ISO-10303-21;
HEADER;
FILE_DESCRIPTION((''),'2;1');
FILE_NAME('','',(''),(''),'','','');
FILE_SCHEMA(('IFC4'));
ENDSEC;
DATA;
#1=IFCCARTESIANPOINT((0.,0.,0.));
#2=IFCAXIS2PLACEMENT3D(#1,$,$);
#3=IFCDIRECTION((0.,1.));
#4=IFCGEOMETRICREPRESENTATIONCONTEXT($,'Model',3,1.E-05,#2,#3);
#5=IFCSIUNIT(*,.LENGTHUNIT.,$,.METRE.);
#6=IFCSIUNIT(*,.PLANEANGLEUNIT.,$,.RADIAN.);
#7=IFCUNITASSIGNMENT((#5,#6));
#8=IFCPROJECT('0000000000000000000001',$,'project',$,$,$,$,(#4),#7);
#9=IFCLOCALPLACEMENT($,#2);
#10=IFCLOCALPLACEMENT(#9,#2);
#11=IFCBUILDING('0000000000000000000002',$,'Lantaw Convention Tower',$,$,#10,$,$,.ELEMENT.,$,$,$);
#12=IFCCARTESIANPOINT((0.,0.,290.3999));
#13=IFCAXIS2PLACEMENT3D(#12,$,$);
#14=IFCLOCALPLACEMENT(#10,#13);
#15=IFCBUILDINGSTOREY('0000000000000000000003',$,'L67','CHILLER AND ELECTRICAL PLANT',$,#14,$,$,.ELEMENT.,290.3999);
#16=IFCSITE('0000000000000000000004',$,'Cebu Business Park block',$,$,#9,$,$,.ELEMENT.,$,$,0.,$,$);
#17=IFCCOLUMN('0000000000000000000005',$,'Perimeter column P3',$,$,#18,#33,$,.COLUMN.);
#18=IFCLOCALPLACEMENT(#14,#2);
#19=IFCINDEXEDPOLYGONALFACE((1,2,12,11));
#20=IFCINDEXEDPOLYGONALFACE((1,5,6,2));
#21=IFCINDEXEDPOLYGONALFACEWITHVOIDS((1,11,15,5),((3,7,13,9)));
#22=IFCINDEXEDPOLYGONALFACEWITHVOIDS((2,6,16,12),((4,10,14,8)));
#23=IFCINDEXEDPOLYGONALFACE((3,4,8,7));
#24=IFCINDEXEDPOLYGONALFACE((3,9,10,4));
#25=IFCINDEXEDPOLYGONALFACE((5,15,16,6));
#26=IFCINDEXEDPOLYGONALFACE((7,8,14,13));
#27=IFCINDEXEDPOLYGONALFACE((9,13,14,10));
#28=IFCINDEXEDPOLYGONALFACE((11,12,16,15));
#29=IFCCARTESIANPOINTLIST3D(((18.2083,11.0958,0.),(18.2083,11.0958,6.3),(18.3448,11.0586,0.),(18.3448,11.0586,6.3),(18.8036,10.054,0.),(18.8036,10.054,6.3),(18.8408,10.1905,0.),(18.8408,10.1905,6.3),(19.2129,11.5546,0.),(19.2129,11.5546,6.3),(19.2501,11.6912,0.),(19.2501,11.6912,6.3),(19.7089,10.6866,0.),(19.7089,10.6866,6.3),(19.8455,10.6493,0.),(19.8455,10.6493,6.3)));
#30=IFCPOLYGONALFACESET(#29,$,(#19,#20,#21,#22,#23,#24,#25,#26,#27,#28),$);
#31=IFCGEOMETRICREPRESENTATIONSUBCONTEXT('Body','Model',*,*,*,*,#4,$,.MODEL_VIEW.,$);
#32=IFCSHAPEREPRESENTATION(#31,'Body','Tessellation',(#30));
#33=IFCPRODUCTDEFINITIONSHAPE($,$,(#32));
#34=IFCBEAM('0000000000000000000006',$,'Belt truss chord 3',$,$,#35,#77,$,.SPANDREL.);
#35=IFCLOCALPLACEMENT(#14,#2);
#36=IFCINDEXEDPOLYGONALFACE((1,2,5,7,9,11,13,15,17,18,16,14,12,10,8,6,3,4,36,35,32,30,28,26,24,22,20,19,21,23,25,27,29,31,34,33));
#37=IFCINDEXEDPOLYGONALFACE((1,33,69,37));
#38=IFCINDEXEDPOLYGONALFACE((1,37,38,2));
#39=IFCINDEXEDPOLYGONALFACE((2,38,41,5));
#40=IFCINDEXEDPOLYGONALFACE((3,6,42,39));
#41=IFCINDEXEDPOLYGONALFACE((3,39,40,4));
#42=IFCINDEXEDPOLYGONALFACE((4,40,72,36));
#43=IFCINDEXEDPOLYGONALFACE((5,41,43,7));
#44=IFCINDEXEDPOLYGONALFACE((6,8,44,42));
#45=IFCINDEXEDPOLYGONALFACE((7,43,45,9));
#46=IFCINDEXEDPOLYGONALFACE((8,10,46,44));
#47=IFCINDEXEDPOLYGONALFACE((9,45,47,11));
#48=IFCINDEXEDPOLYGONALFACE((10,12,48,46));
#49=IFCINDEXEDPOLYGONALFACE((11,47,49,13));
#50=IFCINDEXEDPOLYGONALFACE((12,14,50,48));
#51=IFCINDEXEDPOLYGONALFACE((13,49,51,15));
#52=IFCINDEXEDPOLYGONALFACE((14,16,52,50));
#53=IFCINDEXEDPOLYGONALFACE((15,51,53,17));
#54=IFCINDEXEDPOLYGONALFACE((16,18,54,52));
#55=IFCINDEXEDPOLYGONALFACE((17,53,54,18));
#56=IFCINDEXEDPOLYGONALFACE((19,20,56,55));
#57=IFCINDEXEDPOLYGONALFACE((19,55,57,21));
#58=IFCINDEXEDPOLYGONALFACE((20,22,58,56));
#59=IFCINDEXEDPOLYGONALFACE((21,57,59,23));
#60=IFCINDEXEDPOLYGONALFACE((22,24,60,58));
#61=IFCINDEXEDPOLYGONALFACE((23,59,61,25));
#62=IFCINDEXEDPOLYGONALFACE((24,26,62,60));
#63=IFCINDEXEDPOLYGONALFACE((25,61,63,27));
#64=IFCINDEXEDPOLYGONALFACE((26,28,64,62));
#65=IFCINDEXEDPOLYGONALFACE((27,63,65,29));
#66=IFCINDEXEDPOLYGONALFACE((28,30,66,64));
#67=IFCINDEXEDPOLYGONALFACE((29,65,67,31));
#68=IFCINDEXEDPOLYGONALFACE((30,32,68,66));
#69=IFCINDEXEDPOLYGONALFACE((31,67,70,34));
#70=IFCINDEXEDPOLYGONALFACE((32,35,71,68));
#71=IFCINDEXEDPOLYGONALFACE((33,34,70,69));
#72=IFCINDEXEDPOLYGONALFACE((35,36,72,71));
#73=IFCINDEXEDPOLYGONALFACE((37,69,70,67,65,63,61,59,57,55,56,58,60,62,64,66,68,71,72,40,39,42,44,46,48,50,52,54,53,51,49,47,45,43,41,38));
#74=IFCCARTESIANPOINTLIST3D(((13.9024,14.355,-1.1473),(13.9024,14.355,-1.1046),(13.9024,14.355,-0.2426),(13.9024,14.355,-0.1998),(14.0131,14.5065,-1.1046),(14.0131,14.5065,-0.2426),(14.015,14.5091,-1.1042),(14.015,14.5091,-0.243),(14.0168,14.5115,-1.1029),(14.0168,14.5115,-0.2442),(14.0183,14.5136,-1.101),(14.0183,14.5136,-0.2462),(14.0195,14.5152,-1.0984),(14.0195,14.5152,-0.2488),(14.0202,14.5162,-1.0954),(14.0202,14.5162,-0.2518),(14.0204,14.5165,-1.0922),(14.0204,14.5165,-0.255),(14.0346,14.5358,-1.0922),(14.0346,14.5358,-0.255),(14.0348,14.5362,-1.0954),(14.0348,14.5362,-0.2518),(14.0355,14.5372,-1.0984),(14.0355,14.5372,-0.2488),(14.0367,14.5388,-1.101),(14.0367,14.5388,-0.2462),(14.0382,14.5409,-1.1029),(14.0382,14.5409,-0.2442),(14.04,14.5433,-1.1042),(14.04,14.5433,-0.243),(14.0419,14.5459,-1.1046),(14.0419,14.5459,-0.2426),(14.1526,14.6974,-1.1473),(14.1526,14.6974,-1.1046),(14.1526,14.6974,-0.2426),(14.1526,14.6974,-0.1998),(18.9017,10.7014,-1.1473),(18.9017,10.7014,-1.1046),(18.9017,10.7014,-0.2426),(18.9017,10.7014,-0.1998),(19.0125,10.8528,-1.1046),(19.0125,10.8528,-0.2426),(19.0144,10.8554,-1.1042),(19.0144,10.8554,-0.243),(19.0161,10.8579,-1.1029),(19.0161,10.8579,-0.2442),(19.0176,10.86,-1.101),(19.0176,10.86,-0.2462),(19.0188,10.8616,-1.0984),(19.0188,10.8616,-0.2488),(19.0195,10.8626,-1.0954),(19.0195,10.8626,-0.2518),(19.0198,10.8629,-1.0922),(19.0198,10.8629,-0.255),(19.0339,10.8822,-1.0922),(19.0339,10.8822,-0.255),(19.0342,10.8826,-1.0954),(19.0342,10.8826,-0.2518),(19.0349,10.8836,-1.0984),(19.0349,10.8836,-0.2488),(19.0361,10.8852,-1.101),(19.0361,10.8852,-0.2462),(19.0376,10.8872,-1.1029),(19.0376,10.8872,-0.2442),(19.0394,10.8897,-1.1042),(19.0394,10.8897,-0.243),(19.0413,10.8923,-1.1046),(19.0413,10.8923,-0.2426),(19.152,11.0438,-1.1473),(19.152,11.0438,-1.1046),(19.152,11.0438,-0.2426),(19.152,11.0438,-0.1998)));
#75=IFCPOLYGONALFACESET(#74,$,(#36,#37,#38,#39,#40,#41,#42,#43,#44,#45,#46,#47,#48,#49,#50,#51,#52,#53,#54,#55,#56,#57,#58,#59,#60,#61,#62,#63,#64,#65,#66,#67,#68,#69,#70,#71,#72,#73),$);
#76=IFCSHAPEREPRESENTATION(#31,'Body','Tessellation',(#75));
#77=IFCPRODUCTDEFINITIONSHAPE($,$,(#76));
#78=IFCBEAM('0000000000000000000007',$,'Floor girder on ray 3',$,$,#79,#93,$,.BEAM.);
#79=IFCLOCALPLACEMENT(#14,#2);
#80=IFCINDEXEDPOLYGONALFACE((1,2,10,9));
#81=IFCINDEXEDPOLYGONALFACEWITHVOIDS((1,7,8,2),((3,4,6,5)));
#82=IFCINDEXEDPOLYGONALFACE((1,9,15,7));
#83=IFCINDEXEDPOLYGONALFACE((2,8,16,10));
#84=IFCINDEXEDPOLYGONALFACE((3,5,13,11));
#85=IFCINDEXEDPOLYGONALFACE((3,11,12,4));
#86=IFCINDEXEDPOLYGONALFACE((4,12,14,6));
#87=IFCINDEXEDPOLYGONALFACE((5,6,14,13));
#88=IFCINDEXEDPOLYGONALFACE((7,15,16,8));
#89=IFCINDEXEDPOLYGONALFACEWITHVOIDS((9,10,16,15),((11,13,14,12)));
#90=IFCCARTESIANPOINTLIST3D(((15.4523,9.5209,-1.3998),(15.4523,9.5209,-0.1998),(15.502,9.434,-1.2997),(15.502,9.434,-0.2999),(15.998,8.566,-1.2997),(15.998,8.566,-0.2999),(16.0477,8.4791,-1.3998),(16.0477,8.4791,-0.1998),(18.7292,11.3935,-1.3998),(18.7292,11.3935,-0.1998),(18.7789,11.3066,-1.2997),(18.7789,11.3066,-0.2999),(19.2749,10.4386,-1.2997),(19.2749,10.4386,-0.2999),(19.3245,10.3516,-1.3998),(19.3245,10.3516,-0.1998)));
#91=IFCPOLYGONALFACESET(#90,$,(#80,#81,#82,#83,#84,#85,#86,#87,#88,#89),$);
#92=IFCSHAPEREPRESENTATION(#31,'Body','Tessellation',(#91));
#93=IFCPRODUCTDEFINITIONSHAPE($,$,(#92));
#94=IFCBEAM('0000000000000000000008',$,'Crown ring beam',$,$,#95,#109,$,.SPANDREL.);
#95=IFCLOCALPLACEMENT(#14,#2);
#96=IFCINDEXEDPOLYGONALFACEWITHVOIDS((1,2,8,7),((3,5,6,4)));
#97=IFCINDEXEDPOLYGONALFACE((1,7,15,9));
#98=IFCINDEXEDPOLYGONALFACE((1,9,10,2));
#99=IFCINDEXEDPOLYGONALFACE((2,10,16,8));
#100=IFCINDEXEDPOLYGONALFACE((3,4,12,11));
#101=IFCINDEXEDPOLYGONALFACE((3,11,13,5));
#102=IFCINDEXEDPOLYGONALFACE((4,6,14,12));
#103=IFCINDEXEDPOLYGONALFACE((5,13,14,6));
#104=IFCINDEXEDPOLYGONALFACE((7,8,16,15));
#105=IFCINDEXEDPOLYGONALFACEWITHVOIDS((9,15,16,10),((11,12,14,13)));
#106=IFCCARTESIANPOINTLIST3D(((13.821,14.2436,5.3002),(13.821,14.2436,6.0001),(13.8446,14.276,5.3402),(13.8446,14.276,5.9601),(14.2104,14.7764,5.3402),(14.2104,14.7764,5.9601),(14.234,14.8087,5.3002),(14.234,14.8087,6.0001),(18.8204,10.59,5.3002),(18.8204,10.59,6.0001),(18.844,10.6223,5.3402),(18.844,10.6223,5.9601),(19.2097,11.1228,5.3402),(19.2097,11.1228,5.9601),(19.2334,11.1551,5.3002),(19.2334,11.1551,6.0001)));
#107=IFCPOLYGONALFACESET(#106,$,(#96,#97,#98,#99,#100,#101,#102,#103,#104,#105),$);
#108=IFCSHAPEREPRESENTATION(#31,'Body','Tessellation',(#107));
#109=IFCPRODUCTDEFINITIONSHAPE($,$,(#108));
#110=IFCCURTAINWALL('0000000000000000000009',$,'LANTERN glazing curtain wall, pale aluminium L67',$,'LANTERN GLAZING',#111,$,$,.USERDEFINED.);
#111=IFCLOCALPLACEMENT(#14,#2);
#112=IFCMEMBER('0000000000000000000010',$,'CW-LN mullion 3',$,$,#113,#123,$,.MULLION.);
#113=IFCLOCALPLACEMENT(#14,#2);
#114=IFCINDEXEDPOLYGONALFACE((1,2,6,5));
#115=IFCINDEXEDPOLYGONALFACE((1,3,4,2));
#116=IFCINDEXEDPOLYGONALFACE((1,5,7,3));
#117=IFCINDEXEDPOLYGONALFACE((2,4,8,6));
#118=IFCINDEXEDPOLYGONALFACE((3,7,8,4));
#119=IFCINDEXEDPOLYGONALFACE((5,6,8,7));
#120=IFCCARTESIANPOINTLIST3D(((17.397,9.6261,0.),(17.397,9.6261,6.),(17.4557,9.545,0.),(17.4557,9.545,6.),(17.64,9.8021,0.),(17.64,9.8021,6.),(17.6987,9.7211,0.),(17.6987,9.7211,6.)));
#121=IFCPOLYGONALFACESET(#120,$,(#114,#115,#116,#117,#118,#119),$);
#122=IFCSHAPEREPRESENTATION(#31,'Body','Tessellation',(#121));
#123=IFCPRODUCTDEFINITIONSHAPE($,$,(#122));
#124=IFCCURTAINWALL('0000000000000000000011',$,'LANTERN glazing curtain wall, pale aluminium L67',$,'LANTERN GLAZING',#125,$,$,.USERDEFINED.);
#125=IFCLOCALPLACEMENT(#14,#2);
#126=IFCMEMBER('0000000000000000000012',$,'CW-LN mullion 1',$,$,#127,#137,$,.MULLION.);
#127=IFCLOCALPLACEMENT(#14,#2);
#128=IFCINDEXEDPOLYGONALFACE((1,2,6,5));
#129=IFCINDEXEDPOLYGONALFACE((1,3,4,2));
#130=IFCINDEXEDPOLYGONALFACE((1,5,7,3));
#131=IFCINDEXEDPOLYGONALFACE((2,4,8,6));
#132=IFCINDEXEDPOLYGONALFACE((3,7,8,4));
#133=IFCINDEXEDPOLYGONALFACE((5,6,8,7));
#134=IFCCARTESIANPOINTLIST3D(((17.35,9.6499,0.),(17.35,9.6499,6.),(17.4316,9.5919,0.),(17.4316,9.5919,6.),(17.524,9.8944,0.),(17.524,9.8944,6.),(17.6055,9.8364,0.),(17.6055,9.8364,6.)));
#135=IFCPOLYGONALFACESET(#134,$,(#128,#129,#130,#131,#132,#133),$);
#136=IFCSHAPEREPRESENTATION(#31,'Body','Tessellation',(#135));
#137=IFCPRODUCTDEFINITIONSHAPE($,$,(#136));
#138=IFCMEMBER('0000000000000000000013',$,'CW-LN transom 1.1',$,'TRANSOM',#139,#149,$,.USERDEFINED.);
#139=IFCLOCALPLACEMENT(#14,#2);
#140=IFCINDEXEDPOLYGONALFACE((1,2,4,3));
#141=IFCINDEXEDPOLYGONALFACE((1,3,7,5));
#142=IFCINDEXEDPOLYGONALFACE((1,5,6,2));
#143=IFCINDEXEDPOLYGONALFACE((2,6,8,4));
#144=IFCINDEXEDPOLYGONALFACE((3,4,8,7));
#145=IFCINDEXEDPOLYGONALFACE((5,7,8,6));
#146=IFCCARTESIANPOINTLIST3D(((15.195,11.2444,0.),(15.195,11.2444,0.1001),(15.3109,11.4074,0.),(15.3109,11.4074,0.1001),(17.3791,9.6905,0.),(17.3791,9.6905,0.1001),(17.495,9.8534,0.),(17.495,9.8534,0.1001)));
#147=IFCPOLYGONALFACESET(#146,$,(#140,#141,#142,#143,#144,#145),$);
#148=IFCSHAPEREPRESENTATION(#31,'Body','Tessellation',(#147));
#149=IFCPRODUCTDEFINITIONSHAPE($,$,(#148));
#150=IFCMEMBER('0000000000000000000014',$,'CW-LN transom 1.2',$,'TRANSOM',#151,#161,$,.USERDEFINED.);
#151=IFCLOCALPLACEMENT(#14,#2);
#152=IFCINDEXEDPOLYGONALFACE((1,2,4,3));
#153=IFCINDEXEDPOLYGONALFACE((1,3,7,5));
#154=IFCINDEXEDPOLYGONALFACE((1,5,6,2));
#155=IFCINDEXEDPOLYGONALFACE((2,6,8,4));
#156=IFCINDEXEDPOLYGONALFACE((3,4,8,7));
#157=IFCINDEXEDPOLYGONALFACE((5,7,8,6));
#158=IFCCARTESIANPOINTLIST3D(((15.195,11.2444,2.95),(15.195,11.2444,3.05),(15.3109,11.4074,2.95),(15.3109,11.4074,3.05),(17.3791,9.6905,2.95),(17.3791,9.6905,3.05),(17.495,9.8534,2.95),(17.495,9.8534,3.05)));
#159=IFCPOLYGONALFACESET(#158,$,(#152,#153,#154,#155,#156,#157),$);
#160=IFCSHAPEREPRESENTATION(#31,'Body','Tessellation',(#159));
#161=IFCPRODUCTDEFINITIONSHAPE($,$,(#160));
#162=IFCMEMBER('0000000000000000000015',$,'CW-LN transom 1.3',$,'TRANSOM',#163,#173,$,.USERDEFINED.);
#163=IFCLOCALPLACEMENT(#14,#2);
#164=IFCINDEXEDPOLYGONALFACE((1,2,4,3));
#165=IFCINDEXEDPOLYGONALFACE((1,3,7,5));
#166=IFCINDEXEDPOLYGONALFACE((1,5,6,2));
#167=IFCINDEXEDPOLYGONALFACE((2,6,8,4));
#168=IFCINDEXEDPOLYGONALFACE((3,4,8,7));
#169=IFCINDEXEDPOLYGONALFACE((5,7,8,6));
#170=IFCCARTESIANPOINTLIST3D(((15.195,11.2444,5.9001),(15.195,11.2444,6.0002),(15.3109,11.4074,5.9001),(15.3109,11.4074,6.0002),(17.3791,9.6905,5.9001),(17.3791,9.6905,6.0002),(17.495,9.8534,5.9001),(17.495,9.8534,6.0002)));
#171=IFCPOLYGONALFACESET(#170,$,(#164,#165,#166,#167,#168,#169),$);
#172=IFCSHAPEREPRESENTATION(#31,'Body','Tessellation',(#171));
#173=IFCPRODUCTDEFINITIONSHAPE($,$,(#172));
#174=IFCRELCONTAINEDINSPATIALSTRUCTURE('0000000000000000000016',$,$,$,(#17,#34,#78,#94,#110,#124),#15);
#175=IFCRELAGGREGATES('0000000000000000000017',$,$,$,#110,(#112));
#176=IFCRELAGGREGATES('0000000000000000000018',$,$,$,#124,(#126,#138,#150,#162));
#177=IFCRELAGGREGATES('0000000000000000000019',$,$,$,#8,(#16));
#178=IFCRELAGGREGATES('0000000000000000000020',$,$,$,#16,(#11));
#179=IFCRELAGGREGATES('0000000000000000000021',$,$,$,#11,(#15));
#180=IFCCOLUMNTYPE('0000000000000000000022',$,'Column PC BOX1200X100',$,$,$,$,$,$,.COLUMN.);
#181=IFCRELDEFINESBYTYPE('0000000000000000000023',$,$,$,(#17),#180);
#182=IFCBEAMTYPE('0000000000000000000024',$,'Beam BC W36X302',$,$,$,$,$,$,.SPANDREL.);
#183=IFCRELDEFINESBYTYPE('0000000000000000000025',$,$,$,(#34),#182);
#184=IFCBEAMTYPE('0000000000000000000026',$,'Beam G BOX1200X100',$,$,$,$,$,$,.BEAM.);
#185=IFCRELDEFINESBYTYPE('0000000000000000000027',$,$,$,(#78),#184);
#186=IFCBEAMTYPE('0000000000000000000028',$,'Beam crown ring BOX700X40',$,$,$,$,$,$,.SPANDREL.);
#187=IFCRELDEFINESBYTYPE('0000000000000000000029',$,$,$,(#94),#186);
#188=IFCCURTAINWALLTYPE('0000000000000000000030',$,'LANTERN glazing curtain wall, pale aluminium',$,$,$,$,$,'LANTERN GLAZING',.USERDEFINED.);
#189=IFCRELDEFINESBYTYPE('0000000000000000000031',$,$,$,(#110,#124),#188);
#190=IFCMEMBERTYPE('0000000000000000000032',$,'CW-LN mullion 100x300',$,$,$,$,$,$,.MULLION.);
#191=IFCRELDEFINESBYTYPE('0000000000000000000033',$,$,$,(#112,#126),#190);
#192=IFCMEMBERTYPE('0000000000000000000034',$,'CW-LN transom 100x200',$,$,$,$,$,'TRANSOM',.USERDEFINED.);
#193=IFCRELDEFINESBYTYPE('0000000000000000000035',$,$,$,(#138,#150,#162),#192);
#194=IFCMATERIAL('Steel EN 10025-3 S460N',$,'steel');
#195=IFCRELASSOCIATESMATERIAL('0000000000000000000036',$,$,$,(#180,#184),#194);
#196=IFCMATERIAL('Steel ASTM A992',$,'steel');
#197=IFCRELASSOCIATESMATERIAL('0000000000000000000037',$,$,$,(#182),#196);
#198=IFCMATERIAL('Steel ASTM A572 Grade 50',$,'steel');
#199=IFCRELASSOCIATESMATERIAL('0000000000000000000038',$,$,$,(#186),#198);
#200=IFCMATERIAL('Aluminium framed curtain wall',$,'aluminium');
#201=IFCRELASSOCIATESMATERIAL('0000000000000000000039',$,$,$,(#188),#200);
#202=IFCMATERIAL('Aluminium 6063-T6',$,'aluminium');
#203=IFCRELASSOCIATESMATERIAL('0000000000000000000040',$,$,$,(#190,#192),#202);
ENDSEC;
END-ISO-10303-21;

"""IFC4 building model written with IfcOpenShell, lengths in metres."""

from ifc_helpers import new_model, si_unit, direction, frame, origin, origin_2d, place, context, subcontext, project, spatial, rectangle, hollow_rectangle, i_section, extrude, material, material_profile, profile_set, type_object, element, aggregate, save


model = new_model("IFC4")

# Units and contexts
model_context = context("Model", 3, precision=1e-05, world=origin(), true_north=direction((0.0, 1.0)))
body_context = subcontext(model_context, "Body", "Model", "MODEL_VIEW")
ifc_project = project(units=[si_unit("LENGTHUNIT", "METRE"), si_unit("PLANEANGLEUNIT", "RADIAN")], contexts=[model_context])

# Site, building, storey
site_placement = place(None, origin())
site = spatial("IfcSite", under=ifc_project, at=site_placement, Name="Cebu Business Park block", CompositionType="ELEMENT", RefElevation=0.0)
building_placement = place(site_placement, origin())
building = spatial("IfcBuilding", under=site, at=building_placement, Name="Lantaw Convention Tower", CompositionType="ELEMENT")
storey_placement = place(building_placement, frame((0.0, 0.0, 290.3999)))
storey = spatial("IfcBuildingStorey", under=building, at=storey_placement, Name="L67", Description="CHILLER AND ELECTRICAL PLANT", CompositionType="ELEMENT", Elevation=290.3999)

# Column
ifc_material_1 = material(Name="Steel EN 10025-3 S460N", Category="steel")
ifc_material_profile_1 = material_profile(ifc_material_1, hollow_rectangle(XDim=1.2, YDim=1.2, WallThickness=0.1001, at=origin_2d()), Name="BOX1200X100")
ifc_material_2 = material(Name="Concrete C60/75", Category="concrete")
ifc_material_profile_2 = material_profile(ifc_material_2, rectangle(XDim=1.0, YDim=1.0, at=origin_2d()), Name="Concrete fill of BOX1200X100")
ifc_profile_set_1 = profile_set([ifc_material_profile_1, ifc_material_profile_2], Name="Steel EN 10025-3 S460N")
column_type = type_object("IfcColumnType", Name="Column PC BOX1200X100", PredefinedType="COLUMN", material=ifc_profile_set_1)
column_placement = place(storey_placement, frame((19.0269, 10.8726, 0.0), z_axis=(0.0, 0.0, 1.0), x_axis=(0.868243, 0.496139, 0.0)))
element("IfcColumn", 1, at=column_placement, inside=storey, type_object=column_type, Name="Perimeter column P3", PredefinedType="COLUMN", context=body_context, shape_type="SweptSolid", body=[
    extrude(hollow_rectangle(XDim=1.2, YDim=1.2, WallThickness=0.1001, at=origin_2d()), origin(), (0.0, 0.0, 1.0), 6.3),
])

# Beams
ifc_material_3 = material(Name="Steel ASTM A992", Category="steel")
ifc_material_profile_3 = material_profile(ifc_material_3, i_section(OverallWidth=0.4241, OverallDepth=0.9475, WebThickness=0.0239, FlangeThickness=0.0427, FilletRadius=0.0125, at=origin_2d()), Name="W36X302")
ifc_profile_set_2 = profile_set([ifc_material_profile_3], Name="Steel ASTM A992")
beam_type_1 = type_object("IfcBeamType", Name="Beam BC W36X302", PredefinedType="SPANDREL", material=ifc_profile_set_2)
beam_1_placement = place(storey_placement, frame((19.0269, 10.8726, -0.6736), z_axis=(-0.807372, 0.590043, 0.0), x_axis=(-0.590043, -0.807372, 0.0)))
element("IfcBeam", 2, at=beam_1_placement, inside=storey, type_object=beam_type_1, Name="Belt truss chord 3", PredefinedType="SPANDREL", context=body_context, shape_type="SweptSolid", body=[
    extrude(i_section(OverallWidth=0.4241, OverallDepth=0.9475, WebThickness=0.0239, FlangeThickness=0.0427, FilletRadius=0.0125, at=origin_2d()), origin(), (0.0, 0.0, 1.0), 6.1921),
])
ifc_material_profile_4 = material_profile(ifc_material_1, hollow_rectangle(XDim=1.2, YDim=1.2, WallThickness=0.1001, at=origin_2d()), Name="BOX1200X100")
ifc_profile_set_3 = profile_set([ifc_material_profile_4], Name="Steel EN 10025-3 S460N")
beam_type_2 = type_object("IfcBeamType", Name="Beam G BOX1200X100", PredefinedType="BEAM", material=ifc_profile_set_3)
beam_2_placement = place(storey_placement, frame((15.75, 9.0, -0.7998), z_axis=(0.868235, 0.496153, 0.0), x_axis=(-0.496153, 0.868235, 0.0)))
element("IfcBeam", 3, at=beam_2_placement, inside=storey, type_object=beam_type_2, Name="Floor girder on ray 3", PredefinedType="BEAM", context=body_context, shape_type="SweptSolid", body=[
    extrude(hollow_rectangle(XDim=1.2, YDim=1.2, WallThickness=0.1001, at=origin_2d()), origin(), (0.0, 0.0, 1.0), 3.7742),
])
ifc_material_4 = material(Name="Steel ASTM A572 Grade 50", Category="steel")
ifc_material_profile_5 = material_profile(ifc_material_4, hollow_rectangle(XDim=0.7, YDim=0.7, WallThickness=0.04, at=origin_2d()), Name="BOX700X40")
ifc_profile_set_4 = profile_set([ifc_material_profile_5], Name="Steel ASTM A572 Grade 50")
beam_type_3 = type_object("IfcBeamType", Name="Beam crown ring BOX700X40", PredefinedType="SPANDREL", material=ifc_profile_set_4)
beam_3_placement = place(storey_placement, frame((19.0269, 10.8726, 5.6501), z_axis=(-0.807372, 0.590043, 0.0), x_axis=(-0.590043, -0.807372, 0.0)))
element("IfcBeam", 4, at=beam_3_placement, inside=storey, type_object=beam_type_3, Name="Crown ring beam", PredefinedType="SPANDREL", context=body_context, shape_type="SweptSolid", body=[
    extrude(hollow_rectangle(XDim=0.7, YDim=0.7, WallThickness=0.04, at=origin_2d()), origin(), (0.0, 0.0, 1.0), 6.1921),
])

# Curtain wall, member
ifc_material_5 = material(Name="Aluminium framed curtain wall", Category="aluminium")
curtain_wall_type_1 = type_object("IfcCurtainWallType", Name="LANTERN glazing curtain wall, pale aluminium", ElementType="LANTERN GLAZING", PredefinedType="USERDEFINED", material=ifc_material_5)
curtain_wall_1_placement = place(storey_placement, origin())
curtain_wall_1 = element("IfcCurtainWall", 5, at=curtain_wall_1_placement, inside=storey, type_object=curtain_wall_type_1, Name="LANTERN glazing curtain wall, pale aluminium L67", ObjectType="LANTERN GLAZING", PredefinedType="USERDEFINED")
ifc_material_6 = material(Name="Aluminium 6063-T6", Category="aluminium")
ifc_material_profile_6 = material_profile(ifc_material_6, rectangle(XDim=0.3, YDim=0.1001, at=origin_2d()), Name="CW-LN mullion 100x300")
ifc_profile_set_5 = profile_set([ifc_material_profile_6], Name="Aluminium 6063-T6")
member_type_1 = type_object("IfcMemberType", Name="CW-LN mullion 100x300", PredefinedType="MULLION", material=ifc_profile_set_5)
member_1_placement = place(storey_placement, frame((17.5479, 9.6736, 0.0), z_axis=(0.0, 0.0, 1.0), x_axis=(-0.809742, -0.586786, 0.0)))
member_1 = element("IfcMember", 6, at=member_1_placement, type_object=member_type_1, Name="CW-LN mullion 3", PredefinedType="MULLION", context=body_context, shape_type="SweptSolid", body=[
    extrude(rectangle(XDim=0.3, YDim=0.1001, at=origin_2d()), origin(), (0.0, 0.0, 1.0), 6.0),
])
aggregate(curtain_wall_1, [member_1])

# Curtain wall, members
curtain_wall_2_placement = place(storey_placement, origin())
curtain_wall_2 = element("IfcCurtainWall", 7, at=curtain_wall_2_placement, inside=storey, type_object=curtain_wall_type_1, Name="LANTERN glazing curtain wall, pale aluminium L67", ObjectType="LANTERN GLAZING", PredefinedType="USERDEFINED")
member_2_placement = place(storey_placement, frame((17.4778, 9.7432, 0.0), z_axis=(0.0, 0.0, 1.0), x_axis=(-0.579684, -0.814841, 0.0)))
member_2 = element("IfcMember", 8, at=member_2_placement, type_object=member_type_1, Name="CW-LN mullion 1", PredefinedType="MULLION", context=body_context, shape_type="SweptSolid", body=[
    extrude(rectangle(XDim=0.3, YDim=0.1001, at=origin_2d()), origin(), (0.0, 0.0, 1.0), 6.0),
])
ifc_material_profile_7 = material_profile(ifc_material_6, rectangle(XDim=0.2, YDim=0.1001, at=origin_2d()), Name="CW-LN transom 100x200")
ifc_profile_set_6 = profile_set([ifc_material_profile_7], Name="Aluminium 6063-T6")
member_type_2 = type_object("IfcMemberType", Name="CW-LN transom 100x200", ElementType="TRANSOM", PredefinedType="USERDEFINED", material=ifc_profile_set_6)
member_3_placement = place(storey_placement, frame((17.437, 9.772, 0.05), z_axis=(-0.814809, 0.579729, 0.0), x_axis=(-0.579729, -0.814809, 0.0)))
member_3 = element("IfcMember", 9, at=member_3_placement, type_object=member_type_2, Name="CW-LN transom 1.1", ObjectType="TRANSOM", PredefinedType="USERDEFINED", context=body_context, shape_type="SweptSolid", body=[
    extrude(rectangle(XDim=0.2, YDim=0.1001, at=origin_2d()), origin(), (0.0, 0.0, 1.0), 2.6804),
])
member_4_placement = place(storey_placement, frame((17.437, 9.772, 3.0), z_axis=(-0.814809, 0.579729, 0.0), x_axis=(-0.579729, -0.814809, 0.0)))
member_4 = element("IfcMember", 10, at=member_4_placement, type_object=member_type_2, Name="CW-LN transom 1.2", ObjectType="TRANSOM", PredefinedType="USERDEFINED", context=body_context, shape_type="SweptSolid", body=[
    extrude(rectangle(XDim=0.2, YDim=0.1001, at=origin_2d()), origin(), (0.0, 0.0, 1.0), 2.6804),
])
member_5_placement = place(storey_placement, frame((17.437, 9.772, 5.9502), z_axis=(-0.814809, 0.579729, 0.0), x_axis=(-0.579729, -0.814809, 0.0)))
member_5 = element("IfcMember", 11, at=member_5_placement, type_object=member_type_2, Name="CW-LN transom 1.3", ObjectType="TRANSOM", PredefinedType="USERDEFINED", context=body_context, shape_type="SweptSolid", body=[
    extrude(rectangle(XDim=0.2, YDim=0.1001, at=origin_2d()), origin(), (0.0, 0.0, 1.0), 2.6804),
])

aggregate(curtain_wall_2, [member_2, member_3, member_4, member_5])

save(model, "model.ifc")
